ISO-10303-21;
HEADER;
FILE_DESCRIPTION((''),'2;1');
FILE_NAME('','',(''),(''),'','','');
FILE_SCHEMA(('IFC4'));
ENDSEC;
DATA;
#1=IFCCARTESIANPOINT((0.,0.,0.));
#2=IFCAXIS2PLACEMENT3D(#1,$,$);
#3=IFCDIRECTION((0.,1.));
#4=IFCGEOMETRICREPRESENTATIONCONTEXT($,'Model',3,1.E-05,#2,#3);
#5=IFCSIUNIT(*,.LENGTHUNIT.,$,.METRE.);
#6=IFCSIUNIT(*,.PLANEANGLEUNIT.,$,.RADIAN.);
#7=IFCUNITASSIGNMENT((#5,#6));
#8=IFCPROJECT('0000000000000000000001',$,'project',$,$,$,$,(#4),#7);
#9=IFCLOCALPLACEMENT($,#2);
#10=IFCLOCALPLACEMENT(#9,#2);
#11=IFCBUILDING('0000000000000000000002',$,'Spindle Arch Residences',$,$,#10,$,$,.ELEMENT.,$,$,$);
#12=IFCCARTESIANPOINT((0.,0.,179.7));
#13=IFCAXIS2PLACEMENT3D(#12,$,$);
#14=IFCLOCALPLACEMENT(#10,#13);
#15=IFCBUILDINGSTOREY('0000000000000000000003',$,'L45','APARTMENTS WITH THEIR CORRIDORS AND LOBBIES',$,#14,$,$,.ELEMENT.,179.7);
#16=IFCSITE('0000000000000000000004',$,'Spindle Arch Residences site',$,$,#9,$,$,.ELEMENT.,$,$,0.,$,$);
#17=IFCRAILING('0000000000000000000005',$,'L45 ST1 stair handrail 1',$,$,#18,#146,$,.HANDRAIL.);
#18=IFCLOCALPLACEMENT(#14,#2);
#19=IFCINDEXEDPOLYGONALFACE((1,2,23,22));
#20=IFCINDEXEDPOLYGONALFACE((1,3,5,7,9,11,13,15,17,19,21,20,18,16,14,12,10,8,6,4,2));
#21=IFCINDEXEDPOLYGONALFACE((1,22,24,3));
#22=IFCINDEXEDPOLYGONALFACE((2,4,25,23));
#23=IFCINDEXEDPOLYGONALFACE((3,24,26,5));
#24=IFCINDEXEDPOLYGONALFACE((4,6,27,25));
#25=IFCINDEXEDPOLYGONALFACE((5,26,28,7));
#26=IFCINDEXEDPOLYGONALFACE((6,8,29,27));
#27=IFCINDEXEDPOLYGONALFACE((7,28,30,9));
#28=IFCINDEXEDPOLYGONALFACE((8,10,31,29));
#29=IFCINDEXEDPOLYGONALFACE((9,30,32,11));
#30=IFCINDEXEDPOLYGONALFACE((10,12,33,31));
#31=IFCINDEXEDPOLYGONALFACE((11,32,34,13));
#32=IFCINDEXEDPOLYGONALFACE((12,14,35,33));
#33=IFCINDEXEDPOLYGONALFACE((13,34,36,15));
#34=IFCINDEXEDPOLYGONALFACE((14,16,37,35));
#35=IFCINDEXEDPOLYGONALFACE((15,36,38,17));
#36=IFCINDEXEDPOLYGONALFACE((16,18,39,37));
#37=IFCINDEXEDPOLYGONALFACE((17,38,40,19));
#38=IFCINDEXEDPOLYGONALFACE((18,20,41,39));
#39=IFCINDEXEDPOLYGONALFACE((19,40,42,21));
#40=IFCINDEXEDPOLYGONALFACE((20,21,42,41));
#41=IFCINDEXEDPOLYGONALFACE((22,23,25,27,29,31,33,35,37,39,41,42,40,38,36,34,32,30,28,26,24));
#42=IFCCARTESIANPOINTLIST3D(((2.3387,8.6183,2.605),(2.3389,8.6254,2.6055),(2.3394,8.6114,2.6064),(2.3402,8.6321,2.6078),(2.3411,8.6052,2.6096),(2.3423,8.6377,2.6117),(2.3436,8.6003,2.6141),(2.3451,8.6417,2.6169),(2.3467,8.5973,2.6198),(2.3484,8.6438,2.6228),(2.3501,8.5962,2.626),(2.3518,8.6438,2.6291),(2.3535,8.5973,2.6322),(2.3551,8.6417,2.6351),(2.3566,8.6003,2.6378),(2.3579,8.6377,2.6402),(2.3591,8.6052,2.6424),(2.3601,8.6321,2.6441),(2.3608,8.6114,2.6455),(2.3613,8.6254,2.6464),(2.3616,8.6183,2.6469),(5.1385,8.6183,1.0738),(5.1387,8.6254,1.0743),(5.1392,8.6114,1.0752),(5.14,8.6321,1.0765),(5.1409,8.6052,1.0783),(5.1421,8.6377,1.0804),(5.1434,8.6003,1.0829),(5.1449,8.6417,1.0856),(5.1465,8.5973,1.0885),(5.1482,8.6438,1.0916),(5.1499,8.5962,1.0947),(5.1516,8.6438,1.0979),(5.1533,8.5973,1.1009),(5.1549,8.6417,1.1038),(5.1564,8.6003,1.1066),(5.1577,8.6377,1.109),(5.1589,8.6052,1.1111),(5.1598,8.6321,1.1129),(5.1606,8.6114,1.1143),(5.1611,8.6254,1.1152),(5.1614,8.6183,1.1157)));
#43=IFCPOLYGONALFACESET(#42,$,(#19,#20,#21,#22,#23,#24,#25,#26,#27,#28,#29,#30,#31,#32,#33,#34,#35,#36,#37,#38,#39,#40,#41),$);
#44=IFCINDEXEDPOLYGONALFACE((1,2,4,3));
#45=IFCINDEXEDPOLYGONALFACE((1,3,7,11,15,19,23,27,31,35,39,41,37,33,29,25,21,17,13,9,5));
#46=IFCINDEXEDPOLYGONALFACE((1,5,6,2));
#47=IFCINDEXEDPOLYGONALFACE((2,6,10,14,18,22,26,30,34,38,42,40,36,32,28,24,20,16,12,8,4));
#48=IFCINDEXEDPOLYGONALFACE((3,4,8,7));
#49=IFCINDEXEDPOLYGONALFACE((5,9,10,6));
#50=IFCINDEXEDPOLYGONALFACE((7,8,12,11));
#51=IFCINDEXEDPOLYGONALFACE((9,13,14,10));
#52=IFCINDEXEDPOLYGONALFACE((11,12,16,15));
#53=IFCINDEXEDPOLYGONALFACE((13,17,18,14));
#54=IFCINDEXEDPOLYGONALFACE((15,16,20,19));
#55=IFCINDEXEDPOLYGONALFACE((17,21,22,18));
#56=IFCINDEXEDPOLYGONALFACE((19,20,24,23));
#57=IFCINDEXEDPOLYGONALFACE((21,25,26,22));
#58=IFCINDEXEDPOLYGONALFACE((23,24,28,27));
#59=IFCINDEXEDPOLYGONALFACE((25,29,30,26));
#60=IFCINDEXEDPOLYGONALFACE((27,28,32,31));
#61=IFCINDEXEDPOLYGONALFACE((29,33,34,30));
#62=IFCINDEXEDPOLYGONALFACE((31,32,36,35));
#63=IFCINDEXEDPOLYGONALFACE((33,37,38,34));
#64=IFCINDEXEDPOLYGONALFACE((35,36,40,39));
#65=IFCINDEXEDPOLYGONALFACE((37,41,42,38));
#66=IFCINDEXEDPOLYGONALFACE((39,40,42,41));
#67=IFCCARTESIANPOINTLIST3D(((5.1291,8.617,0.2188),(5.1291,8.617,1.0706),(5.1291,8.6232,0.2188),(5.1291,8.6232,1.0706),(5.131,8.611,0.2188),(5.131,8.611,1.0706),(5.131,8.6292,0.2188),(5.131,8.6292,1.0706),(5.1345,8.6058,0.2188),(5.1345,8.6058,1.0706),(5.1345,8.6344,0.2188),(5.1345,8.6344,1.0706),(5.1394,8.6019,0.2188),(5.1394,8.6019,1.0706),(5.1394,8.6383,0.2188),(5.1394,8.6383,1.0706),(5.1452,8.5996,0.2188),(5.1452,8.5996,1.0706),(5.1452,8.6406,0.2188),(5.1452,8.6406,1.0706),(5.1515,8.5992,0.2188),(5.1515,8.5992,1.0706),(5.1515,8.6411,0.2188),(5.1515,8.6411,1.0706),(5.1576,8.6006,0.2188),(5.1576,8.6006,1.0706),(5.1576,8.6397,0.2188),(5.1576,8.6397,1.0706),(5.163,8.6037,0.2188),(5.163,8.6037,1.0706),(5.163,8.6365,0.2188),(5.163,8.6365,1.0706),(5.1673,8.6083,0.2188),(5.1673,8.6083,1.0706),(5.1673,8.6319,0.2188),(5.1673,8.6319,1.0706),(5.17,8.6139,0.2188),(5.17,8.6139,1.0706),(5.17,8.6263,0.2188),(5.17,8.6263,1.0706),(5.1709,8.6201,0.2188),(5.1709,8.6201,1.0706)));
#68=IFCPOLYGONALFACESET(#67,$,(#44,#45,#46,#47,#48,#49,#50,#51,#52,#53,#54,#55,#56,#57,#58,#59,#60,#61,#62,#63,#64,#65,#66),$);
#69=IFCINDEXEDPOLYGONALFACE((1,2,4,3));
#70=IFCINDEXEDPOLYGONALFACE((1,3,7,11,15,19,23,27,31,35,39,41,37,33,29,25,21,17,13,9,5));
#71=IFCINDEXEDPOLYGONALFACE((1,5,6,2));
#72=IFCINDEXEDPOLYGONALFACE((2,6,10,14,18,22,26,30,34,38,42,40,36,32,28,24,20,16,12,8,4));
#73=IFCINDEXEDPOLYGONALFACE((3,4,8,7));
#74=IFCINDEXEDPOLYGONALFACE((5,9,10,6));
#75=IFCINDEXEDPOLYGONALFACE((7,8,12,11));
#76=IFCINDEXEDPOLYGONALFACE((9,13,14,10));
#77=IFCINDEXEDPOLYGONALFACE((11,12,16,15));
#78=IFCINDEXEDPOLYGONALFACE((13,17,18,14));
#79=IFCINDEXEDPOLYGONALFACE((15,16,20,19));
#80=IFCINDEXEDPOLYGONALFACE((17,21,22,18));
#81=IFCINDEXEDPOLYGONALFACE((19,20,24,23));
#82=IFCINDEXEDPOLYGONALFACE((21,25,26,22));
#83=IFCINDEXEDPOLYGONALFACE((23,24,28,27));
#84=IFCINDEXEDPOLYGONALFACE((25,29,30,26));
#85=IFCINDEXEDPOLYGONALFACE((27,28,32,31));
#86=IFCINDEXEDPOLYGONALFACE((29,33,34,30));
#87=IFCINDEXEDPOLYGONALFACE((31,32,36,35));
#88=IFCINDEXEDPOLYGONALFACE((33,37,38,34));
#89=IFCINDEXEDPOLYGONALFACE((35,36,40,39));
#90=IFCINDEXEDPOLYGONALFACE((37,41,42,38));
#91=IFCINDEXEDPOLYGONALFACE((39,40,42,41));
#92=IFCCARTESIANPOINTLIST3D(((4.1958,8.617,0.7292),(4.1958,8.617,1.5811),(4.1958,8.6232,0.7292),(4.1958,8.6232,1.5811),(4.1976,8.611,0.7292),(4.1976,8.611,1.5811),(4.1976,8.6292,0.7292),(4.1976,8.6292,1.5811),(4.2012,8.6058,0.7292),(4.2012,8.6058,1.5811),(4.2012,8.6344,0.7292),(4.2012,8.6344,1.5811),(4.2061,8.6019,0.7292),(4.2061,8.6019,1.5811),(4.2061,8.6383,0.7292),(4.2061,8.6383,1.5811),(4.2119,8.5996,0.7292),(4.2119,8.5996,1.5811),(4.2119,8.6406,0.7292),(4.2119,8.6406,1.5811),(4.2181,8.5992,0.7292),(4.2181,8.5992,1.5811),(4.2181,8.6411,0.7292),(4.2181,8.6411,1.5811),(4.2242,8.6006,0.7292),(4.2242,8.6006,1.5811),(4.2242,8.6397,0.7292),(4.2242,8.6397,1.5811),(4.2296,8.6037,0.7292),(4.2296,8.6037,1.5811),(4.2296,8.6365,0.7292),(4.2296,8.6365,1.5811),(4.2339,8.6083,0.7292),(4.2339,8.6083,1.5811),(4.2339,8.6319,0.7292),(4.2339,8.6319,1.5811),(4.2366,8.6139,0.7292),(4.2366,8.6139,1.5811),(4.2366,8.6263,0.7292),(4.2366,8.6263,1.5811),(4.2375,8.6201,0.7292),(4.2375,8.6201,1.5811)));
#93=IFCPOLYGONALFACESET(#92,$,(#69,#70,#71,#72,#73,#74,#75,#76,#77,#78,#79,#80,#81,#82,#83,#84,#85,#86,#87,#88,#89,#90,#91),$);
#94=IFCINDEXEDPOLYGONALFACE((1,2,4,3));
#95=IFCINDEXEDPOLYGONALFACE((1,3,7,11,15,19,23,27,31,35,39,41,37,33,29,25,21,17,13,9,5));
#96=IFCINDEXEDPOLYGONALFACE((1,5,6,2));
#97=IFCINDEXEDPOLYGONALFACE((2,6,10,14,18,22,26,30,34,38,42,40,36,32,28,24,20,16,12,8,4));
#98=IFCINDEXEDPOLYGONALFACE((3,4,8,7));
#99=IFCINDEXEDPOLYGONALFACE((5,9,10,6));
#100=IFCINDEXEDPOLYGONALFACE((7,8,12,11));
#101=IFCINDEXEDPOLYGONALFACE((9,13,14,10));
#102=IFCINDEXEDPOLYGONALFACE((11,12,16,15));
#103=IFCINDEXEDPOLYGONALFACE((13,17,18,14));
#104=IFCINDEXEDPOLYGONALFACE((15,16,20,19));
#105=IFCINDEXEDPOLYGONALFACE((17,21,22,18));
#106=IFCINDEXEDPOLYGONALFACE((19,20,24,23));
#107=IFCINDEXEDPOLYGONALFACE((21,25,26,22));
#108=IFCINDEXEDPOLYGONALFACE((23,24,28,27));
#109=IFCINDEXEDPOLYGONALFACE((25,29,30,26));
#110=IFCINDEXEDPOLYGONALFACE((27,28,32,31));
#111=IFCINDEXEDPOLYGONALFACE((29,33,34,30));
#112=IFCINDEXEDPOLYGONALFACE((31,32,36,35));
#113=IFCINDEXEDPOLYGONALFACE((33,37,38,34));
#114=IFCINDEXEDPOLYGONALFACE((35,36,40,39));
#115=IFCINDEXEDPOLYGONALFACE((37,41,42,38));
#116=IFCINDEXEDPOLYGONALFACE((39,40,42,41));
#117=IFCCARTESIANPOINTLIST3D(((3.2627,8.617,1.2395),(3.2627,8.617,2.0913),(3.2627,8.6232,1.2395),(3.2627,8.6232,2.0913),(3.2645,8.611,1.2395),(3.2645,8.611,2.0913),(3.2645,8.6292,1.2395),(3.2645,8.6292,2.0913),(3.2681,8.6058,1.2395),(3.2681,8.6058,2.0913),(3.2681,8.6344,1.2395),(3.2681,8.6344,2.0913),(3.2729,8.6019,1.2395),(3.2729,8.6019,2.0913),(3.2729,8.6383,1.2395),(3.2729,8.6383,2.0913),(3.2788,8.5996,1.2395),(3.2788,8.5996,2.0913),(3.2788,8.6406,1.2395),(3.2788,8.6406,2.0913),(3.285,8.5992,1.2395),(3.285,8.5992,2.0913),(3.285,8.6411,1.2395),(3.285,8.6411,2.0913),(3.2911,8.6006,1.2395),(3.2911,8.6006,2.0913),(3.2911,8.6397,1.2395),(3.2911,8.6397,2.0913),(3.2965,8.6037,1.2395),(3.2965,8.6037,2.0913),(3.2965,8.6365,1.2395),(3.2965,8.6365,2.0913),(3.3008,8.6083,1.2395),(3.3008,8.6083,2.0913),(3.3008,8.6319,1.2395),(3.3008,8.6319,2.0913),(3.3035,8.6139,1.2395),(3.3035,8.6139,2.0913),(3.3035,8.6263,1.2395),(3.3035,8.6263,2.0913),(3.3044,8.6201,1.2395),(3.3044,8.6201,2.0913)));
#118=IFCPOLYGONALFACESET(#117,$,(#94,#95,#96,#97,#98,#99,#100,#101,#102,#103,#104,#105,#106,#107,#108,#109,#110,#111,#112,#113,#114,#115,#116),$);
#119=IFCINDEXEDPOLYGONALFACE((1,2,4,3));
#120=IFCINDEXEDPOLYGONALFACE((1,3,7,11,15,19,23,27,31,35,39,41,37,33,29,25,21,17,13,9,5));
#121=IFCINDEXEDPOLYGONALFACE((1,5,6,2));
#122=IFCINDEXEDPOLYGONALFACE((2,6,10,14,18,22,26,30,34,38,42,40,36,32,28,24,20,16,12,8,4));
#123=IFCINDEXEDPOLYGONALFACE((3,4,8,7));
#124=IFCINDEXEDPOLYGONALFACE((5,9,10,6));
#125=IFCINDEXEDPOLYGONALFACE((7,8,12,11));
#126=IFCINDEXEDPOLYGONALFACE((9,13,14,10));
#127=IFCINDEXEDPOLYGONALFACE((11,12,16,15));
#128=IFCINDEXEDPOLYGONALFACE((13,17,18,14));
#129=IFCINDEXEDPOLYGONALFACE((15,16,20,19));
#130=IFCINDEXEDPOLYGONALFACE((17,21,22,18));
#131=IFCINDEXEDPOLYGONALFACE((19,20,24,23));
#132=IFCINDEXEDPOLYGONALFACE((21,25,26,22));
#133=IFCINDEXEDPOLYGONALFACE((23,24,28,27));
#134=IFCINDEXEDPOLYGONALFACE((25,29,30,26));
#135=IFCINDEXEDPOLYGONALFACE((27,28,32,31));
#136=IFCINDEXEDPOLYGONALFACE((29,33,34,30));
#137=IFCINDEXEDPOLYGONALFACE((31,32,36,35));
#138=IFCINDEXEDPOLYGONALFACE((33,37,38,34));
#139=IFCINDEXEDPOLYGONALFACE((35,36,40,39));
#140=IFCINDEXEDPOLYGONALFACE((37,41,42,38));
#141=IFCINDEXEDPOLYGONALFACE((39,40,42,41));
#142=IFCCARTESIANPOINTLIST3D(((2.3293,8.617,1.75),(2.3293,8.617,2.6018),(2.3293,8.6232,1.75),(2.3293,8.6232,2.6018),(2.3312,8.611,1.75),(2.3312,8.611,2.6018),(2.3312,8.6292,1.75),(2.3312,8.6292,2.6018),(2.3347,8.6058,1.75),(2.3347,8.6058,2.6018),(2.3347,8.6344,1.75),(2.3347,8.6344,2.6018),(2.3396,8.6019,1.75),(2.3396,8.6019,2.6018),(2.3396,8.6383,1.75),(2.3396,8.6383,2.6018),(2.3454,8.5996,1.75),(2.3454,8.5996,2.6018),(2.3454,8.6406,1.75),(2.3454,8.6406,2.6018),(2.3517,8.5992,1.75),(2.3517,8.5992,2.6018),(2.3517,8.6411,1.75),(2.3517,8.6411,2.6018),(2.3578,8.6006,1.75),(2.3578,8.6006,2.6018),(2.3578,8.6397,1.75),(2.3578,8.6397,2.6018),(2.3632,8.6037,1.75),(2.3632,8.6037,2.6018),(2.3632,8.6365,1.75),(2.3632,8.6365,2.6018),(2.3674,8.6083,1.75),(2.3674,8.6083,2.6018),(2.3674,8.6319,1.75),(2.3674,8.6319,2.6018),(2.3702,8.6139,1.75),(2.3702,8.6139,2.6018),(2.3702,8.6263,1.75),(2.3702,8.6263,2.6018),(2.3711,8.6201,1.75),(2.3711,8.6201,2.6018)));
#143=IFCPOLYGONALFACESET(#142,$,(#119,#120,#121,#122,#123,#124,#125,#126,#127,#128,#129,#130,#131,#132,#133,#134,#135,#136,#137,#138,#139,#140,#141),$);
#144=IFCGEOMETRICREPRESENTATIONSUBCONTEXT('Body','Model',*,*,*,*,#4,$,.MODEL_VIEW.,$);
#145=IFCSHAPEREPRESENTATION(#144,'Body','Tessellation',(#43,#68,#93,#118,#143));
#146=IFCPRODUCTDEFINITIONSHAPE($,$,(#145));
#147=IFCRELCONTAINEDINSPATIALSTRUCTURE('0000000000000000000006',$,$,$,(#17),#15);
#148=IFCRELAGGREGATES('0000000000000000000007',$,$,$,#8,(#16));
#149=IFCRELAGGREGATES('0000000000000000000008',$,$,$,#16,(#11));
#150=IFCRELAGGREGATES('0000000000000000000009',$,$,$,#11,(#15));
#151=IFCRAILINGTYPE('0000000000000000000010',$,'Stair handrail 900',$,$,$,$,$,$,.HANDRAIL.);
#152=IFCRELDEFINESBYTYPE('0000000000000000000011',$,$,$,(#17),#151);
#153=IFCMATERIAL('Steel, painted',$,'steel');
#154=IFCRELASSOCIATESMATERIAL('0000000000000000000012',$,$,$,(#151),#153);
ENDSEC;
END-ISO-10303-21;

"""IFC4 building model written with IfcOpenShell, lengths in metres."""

from ifc_helpers import new_model, si_unit, direction, frame, origin, origin_2d, place, context, subcontext, project, spatial, circle, extrude, material, type_object, element, save


model = new_model("IFC4")

# Units and contexts
model_context = context("Model", 3, precision=1e-05, world=origin(), true_north=direction((0.0, 1.0)))
body_context = subcontext(model_context, "Body", "Model", "MODEL_VIEW")
ifc_project = project(units=[si_unit("LENGTHUNIT", "METRE"), si_unit("PLANEANGLEUNIT", "RADIAN")], contexts=[model_context])

# Site, building, storey
site_placement = place(None, origin())
site = spatial("IfcSite", under=ifc_project, at=site_placement, Name="Spindle Arch Residences site", CompositionType="ELEMENT", RefElevation=0.0)
building_placement = place(site_placement, origin())
building = spatial("IfcBuilding", under=site, at=building_placement, Name="Spindle Arch Residences", CompositionType="ELEMENT")
storey_placement = place(building_placement, frame((0.0, 0.0, 179.7)))
storey = spatial("IfcBuildingStorey", under=building, at=storey_placement, Name="L45", Description="APARTMENTS WITH THEIR CORRIDORS AND LOBBIES", CompositionType="ELEMENT", Elevation=179.7)

# Railing
ifc_material_1 = material(Name="Steel, painted", Category="steel")
railing_type_1 = type_object("IfcRailingType", Name="Stair handrail 900", PredefinedType="HANDRAIL", material=ifc_material_1)
railing_1_placement = place(storey_placement, frame((5.1499, 8.6201, 0.2188)))
element("IfcRailing", 1, at=railing_1_placement, inside=storey, type_object=railing_type_1, Name="L45 ST1 stair handrail 1", PredefinedType="HANDRAIL", context=body_context, shape_type="SweptSolid", body=[
    extrude(circle(Radius=0.0239, at=origin_2d()), frame((0.0, 0.0, 0.876), z_axis=(-0.877357, 0.0, 0.479838), x_axis=(0.0, -1.0, 0.0)), (0.0, 0.0, 1.0), 3.1912),
    extrude(circle(Radius=0.021, at=origin_2d()), origin(), (0.0, 0.0, 1.0), 0.8518),
    extrude(circle(Radius=0.021, at=origin_2d()), frame((-0.9333, 0.0, 0.5105)), (0.0, 0.0, 1.0), 0.8518),
    extrude(circle(Radius=0.021, at=origin_2d()), frame((-1.8665, 0.0, 1.0208)), (0.0, 0.0, 1.0), 0.8518),
    extrude(circle(Radius=0.021, at=origin_2d()), frame((-2.7998, 0.0, 1.5312)), (0.0, 0.0, 1.0), 0.8518),
])

save(model, "model.ifc")
